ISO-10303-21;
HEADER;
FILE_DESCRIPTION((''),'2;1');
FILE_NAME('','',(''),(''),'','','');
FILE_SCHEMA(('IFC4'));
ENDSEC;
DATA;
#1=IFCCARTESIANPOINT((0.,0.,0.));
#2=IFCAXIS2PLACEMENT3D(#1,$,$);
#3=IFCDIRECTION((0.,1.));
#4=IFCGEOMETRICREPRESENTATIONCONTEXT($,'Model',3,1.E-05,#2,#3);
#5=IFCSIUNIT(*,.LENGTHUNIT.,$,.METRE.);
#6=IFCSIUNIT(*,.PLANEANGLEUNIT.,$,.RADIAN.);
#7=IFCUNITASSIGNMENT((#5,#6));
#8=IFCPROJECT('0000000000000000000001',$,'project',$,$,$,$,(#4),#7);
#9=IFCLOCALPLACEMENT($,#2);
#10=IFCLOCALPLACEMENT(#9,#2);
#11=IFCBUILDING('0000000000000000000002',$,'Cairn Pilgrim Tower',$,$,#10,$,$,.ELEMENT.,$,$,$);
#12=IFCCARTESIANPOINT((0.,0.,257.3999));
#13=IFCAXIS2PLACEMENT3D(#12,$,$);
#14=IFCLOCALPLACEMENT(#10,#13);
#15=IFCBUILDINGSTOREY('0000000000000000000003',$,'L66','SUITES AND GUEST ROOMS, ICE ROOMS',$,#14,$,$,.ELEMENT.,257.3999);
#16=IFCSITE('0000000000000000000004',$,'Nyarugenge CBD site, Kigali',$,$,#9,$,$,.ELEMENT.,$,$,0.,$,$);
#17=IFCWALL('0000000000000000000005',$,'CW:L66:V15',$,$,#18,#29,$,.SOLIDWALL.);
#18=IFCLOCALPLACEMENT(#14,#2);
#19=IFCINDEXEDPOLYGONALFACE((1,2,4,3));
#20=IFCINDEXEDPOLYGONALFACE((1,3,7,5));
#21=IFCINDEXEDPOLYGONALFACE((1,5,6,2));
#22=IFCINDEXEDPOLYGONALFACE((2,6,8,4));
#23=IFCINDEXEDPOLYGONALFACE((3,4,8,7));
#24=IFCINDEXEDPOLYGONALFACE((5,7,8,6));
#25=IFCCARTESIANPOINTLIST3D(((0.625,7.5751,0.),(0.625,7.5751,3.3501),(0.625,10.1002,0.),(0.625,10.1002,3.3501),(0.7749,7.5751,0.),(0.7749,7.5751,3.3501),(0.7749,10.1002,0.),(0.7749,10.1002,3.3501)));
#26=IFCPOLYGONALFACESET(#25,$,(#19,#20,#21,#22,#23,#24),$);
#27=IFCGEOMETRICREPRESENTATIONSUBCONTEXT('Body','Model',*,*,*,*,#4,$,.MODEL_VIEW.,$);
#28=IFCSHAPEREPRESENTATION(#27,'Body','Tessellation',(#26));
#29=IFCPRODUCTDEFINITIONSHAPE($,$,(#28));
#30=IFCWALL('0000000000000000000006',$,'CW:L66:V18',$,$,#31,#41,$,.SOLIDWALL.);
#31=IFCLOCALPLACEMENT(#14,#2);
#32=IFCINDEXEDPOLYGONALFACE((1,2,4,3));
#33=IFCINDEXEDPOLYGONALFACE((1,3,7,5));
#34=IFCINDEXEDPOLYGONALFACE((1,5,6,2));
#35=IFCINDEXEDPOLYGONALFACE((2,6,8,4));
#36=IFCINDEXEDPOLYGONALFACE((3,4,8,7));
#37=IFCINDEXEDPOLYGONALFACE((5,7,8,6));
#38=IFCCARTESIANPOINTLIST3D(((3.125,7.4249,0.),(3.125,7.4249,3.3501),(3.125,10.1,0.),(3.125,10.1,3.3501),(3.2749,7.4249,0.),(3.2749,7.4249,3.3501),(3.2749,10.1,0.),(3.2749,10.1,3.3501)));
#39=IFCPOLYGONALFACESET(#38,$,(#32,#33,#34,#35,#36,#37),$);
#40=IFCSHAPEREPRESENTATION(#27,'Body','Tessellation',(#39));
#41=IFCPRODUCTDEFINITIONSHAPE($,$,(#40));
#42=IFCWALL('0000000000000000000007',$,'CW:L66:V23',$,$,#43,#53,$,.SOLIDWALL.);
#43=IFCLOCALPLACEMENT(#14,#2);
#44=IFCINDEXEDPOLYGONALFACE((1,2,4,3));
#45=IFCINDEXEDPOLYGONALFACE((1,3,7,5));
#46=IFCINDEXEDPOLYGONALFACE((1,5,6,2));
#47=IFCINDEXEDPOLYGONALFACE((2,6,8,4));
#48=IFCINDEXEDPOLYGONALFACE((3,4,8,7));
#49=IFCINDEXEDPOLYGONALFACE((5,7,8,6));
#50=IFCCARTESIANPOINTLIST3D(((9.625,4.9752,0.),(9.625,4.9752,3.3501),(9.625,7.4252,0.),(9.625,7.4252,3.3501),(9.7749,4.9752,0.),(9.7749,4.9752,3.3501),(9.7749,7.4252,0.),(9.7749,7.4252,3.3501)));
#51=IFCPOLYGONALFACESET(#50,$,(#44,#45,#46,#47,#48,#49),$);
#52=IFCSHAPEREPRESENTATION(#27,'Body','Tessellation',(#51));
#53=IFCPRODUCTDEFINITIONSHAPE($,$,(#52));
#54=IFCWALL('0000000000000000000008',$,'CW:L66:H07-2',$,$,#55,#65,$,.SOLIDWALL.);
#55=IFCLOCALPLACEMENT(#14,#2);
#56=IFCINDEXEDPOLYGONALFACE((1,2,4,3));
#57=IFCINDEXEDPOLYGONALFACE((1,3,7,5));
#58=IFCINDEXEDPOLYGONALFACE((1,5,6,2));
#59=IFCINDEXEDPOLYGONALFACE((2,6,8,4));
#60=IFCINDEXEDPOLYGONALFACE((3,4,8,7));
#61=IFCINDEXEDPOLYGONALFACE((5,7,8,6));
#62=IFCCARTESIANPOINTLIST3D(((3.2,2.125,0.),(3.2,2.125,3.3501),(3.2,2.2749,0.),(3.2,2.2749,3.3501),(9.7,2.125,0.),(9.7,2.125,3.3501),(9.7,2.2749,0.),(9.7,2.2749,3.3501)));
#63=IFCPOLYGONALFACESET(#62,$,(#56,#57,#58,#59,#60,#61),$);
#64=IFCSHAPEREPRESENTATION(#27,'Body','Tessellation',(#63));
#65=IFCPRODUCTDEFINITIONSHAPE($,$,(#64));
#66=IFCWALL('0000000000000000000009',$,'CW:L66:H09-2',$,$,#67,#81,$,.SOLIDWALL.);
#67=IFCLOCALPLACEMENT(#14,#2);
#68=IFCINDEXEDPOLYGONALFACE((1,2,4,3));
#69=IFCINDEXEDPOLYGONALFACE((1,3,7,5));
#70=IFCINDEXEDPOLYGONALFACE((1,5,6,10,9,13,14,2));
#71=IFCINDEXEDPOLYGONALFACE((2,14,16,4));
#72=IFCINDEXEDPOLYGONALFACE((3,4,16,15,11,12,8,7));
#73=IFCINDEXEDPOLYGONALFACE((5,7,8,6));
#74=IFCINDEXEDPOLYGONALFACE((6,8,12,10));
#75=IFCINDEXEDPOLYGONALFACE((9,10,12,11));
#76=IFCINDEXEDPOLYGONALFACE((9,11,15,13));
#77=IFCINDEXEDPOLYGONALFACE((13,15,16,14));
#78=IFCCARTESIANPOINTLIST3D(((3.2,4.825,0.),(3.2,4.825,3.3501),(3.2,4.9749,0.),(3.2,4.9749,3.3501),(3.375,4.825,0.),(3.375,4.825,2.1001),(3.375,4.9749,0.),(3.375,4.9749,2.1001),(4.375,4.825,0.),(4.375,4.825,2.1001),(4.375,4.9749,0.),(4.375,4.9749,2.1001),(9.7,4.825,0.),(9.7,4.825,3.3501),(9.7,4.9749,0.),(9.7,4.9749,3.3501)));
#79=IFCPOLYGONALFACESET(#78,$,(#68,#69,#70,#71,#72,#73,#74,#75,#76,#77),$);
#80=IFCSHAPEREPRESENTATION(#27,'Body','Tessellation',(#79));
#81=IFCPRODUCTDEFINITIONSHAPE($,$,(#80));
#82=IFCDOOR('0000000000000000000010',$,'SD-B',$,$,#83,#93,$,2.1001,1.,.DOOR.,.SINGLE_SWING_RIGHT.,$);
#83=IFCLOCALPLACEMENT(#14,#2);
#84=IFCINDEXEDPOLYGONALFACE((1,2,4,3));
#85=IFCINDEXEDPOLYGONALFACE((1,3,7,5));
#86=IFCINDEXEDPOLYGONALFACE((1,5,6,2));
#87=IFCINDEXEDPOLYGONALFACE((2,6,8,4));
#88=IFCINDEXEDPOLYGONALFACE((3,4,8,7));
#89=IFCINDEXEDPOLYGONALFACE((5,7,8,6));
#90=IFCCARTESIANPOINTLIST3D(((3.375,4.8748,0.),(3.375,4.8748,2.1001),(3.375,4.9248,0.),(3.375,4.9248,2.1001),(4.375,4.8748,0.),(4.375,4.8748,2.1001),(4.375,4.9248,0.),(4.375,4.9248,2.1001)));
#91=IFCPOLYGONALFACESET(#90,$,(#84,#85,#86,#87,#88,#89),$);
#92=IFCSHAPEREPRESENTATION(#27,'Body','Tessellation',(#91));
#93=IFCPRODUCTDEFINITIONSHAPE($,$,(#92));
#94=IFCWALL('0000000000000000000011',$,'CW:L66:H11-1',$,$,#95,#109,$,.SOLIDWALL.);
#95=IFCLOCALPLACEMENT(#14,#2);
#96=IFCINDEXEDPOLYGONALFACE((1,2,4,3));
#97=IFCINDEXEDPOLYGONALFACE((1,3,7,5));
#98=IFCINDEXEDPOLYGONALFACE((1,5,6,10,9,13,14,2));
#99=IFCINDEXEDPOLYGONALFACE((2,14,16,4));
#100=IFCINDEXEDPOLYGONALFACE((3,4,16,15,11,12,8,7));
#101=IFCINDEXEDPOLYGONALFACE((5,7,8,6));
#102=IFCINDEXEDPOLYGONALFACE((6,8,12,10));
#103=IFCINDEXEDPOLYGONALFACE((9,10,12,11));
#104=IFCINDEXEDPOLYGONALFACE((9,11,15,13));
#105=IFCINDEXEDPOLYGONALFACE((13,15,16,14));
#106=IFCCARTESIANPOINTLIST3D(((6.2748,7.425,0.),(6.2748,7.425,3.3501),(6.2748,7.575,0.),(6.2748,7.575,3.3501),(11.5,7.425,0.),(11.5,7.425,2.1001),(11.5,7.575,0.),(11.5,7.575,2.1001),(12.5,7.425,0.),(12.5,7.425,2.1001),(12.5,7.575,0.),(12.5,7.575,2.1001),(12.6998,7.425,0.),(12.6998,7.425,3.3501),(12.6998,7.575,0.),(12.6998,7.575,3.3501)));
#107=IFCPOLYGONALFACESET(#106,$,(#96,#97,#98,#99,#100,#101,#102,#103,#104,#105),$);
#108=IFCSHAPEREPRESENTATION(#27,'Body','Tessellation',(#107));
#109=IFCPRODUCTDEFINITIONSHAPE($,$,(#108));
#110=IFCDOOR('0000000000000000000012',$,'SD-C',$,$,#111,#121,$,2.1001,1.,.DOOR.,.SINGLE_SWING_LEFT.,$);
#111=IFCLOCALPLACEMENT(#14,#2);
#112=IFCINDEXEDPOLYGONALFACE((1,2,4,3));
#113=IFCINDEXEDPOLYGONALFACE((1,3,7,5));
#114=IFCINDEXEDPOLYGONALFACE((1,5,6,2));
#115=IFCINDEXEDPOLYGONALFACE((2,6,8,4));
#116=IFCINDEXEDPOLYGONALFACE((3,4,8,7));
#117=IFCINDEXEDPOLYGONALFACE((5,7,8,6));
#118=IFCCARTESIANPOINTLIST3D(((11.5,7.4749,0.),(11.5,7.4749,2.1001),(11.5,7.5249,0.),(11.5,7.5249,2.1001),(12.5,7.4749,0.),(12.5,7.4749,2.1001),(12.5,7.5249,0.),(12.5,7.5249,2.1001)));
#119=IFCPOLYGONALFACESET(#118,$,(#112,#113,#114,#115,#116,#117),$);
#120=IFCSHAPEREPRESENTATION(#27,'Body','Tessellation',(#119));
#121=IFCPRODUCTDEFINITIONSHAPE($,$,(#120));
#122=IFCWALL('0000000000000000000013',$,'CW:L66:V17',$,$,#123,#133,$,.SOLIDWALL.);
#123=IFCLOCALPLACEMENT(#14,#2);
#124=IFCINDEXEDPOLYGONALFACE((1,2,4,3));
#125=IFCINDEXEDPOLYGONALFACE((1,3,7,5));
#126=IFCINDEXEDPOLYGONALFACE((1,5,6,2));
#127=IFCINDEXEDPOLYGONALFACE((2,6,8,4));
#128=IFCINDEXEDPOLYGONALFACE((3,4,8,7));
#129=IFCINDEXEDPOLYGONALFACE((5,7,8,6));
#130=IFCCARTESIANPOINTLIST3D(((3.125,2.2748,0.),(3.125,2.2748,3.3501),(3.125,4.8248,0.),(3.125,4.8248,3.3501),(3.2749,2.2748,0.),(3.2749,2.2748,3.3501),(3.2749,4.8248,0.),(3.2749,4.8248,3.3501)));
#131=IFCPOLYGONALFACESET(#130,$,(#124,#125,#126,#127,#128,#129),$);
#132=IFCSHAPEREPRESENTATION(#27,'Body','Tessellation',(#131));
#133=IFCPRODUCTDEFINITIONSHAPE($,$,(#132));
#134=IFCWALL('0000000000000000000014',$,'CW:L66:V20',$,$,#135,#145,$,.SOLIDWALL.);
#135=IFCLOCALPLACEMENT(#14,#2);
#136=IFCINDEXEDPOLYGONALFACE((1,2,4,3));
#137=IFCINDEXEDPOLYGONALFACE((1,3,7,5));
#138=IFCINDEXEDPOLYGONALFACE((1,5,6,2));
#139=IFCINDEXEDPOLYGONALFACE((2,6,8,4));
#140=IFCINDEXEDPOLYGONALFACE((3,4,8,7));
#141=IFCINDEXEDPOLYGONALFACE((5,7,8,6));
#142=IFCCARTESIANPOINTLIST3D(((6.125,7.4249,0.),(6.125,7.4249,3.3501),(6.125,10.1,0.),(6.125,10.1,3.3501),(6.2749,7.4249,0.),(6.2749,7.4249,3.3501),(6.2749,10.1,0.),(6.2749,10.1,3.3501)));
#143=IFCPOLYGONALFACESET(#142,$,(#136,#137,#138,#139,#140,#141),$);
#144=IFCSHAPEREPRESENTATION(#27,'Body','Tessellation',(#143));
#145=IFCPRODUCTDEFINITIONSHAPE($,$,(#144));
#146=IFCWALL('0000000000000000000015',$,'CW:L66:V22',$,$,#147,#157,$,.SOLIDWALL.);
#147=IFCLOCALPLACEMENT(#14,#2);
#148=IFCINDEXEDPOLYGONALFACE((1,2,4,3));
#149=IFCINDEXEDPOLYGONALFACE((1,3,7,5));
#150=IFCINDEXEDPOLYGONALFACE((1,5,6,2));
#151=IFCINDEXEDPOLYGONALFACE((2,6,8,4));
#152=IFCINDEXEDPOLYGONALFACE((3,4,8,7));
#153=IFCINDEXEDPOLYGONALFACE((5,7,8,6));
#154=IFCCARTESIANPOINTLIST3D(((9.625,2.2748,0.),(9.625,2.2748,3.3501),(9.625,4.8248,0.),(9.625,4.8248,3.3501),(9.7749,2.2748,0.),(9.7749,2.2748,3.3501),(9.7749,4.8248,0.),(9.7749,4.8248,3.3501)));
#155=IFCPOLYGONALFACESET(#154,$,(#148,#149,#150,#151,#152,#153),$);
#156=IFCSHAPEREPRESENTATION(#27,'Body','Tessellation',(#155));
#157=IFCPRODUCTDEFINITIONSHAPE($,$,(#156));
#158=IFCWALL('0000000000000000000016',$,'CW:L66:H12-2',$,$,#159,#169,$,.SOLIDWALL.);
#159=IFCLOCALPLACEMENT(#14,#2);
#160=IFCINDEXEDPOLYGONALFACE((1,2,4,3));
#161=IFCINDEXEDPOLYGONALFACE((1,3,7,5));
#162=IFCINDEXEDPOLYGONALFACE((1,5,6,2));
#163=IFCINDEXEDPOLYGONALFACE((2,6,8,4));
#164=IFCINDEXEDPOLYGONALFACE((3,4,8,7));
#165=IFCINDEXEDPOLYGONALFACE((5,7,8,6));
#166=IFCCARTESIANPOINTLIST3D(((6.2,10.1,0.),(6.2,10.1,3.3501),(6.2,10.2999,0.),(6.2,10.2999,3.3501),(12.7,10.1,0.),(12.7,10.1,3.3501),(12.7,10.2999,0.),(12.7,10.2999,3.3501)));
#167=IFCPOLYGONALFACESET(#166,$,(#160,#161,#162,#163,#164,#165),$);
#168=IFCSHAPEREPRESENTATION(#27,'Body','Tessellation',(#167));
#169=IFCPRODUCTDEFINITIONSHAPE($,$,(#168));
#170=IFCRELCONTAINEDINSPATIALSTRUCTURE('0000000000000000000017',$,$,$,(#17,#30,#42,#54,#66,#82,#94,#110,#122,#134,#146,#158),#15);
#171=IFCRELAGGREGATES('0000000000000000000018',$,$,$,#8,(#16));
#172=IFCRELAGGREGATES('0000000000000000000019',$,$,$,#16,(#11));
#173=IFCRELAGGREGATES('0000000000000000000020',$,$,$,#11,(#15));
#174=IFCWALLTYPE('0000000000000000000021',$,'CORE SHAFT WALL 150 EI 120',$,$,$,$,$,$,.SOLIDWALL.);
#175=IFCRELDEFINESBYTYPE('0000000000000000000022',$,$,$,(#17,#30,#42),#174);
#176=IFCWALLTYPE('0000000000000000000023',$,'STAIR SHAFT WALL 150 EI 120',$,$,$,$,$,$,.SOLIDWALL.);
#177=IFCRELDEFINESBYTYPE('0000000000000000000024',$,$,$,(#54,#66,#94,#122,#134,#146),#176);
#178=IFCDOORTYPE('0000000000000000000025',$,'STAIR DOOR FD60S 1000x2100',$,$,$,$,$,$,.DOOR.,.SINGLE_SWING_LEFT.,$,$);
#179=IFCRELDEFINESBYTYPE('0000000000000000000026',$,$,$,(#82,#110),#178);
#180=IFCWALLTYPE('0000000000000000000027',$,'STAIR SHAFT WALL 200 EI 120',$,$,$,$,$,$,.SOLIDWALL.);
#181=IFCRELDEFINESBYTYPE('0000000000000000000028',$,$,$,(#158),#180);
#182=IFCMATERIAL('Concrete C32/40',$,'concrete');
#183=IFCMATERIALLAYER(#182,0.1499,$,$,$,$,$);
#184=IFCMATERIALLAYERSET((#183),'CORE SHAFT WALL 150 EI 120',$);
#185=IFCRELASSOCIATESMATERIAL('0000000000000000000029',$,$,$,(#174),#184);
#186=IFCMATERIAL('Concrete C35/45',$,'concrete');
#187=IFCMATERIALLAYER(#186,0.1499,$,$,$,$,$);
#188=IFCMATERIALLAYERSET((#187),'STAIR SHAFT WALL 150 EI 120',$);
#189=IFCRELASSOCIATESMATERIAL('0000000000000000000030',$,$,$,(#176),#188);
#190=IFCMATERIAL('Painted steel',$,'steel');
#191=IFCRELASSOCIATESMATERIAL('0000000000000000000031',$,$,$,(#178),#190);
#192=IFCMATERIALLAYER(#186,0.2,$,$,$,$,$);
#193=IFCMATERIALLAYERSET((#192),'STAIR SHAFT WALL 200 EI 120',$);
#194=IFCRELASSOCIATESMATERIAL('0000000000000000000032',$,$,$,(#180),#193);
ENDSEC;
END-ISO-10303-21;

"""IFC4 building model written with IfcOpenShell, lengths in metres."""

from ifc_helpers import new_model, si_unit, direction, frame, frame_2d, origin, place, context, subcontext, project, spatial, rectangle, extrude, material, layer, layer_set, type_object, element, fill, save


model = new_model("IFC4")

# Units and contexts
model_context = context("Model", 3, precision=1e-05, world=origin(), true_north=direction((0.0, 1.0)))
body_context = subcontext(model_context, "Body", "Model", "MODEL_VIEW")
ifc_project = project(units=[si_unit("LENGTHUNIT", "METRE"), si_unit("PLANEANGLEUNIT", "RADIAN")], contexts=[model_context])

# Site, building, storey
site_placement = place(None, origin())
site = spatial("IfcSite", under=ifc_project, at=site_placement, Name="Nyarugenge CBD site, Kigali", CompositionType="ELEMENT", RefElevation=0.0)
building_placement = place(site_placement, origin())
building = spatial("IfcBuilding", under=site, at=building_placement, Name="Cairn Pilgrim Tower", CompositionType="ELEMENT")
storey_placement = place(building_placement, frame((0.0, 0.0, 257.3999)))
storey = spatial("IfcBuildingStorey", under=building, at=storey_placement, Name="L66", Description="SUITES AND GUEST ROOMS, ICE ROOMS", CompositionType="ELEMENT", Elevation=257.3999)

# Shared definitions
ifc_material_1 = material(Name="Concrete C32/40", Category="concrete")

# Shared definitions
ifc_layer_1 = layer(ifc_material_1, 0.1499)
ifc_layer_set_1 = layer_set([ifc_layer_1], Name="CORE SHAFT WALL 150 EI 120")
wall_type_1 = type_object("IfcWallType", Name="CORE SHAFT WALL 150 EI 120", PredefinedType="SOLIDWALL", material=ifc_layer_set_1)

# Shared definitions
ifc_material_2 = material(Name="Painted steel", Category="steel")

# Walls
wall_1_placement = place(storey_placement, frame((0.7, 7.575, 0.0), z_axis=(0.0, 0.0, 1.0), x_axis=(0.0, 1.0, 0.0)))
element("IfcWall", 1, at=wall_1_placement, inside=storey, type_object=wall_type_1, Name="CW:L66:V15", PredefinedType="SOLIDWALL", context=body_context, shape_type="SweptSolid", body=[
    extrude(rectangle(XDim=2.5251, YDim=0.1499, at=frame_2d((1.2627, 0.0))), origin(), (0.0, 0.0, 1.0), 3.3501),
])
wall_2_placement = place(storey_placement, frame((3.2, 7.425, 0.0), z_axis=(0.0, 0.0, 1.0), x_axis=(0.0, 1.0, 0.0)))
element("IfcWall", 2, at=wall_2_placement, inside=storey, type_object=wall_type_1, Name="CW:L66:V18", PredefinedType="SOLIDWALL", context=body_context, shape_type="SweptSolid", body=[
    extrude(rectangle(XDim=2.675, YDim=0.1499, at=frame_2d((1.3374, 0.0))), origin(), (0.0, 0.0, 1.0), 3.3501),
])
wall_3_placement = place(storey_placement, frame((9.7, 4.9751, 0.0), z_axis=(0.0, 0.0, 1.0), x_axis=(0.0, 1.0, 0.0)))
element("IfcWall", 3, at=wall_3_placement, inside=storey, type_object=wall_type_1, Name="CW:L66:V23", PredefinedType="SOLIDWALL", context=body_context, shape_type="SweptSolid", body=[
    extrude(rectangle(XDim=2.45, YDim=0.1499, at=frame_2d((1.2251, 0.0))), origin(), (0.0, 0.0, 1.0), 3.3501),
])
ifc_material_3 = material(Name="Concrete C35/45", Category="concrete")
ifc_layer_2 = layer(ifc_material_3, 0.1499)
ifc_layer_set_2 = layer_set([ifc_layer_2], Name="STAIR SHAFT WALL 150 EI 120")
wall_type_2 = type_object("IfcWallType", Name="STAIR SHAFT WALL 150 EI 120", PredefinedType="SOLIDWALL", material=ifc_layer_set_2)
wall_4_placement = place(storey_placement, frame((3.2, 2.2, 0.0), z_axis=(0.0, 0.0, 1.0), x_axis=(1.0, 0.0, 0.0)))
element("IfcWall", 4, at=wall_4_placement, inside=storey, type_object=wall_type_2, Name="CW:L66:H07-2", PredefinedType="SOLIDWALL", context=body_context, shape_type="SweptSolid", body=[
    extrude(rectangle(XDim=6.5, YDim=0.1499, at=frame_2d((3.25, 0.0))), origin(), (0.0, 0.0, 1.0), 3.3501),
])

# Walls, openings, doors
wall_5_placement = place(storey_placement, frame((3.2, 4.8999, 0.0), z_axis=(0.0, 0.0, 1.0), x_axis=(1.0, 0.0, 0.0)))
wall_5 = element("IfcWall", 5, at=wall_5_placement, inside=storey, type_object=wall_type_2, Name="CW:L66:H09-2", PredefinedType="SOLIDWALL", context=body_context, shape_type="SweptSolid", body=[
    extrude(rectangle(XDim=6.5, YDim=0.1499, at=frame_2d((3.25, 0.0))), origin(), (0.0, 0.0, 1.0), 3.3501),
])
opening_1_placement = place(wall_5_placement, frame((0.175, 0.0, 0.0)))
opening_1 = element("IfcOpeningElement", 6, at=opening_1_placement, cuts=wall_5, PredefinedType="OPENING", context=body_context, shape_type="SweptSolid", body=[
    extrude(rectangle(XDim=1.0, YDim=2.1001, at=frame_2d((0.5, 1.05))), frame((0.0, 0.085, 0.0), z_axis=(0.0, -1.0, 0.0), x_axis=(1.0, 0.0, 0.0)), (0.0, 0.0, 1.0), 0.1699),
])
door_type_1 = type_object("IfcDoorType", Name="STAIR DOOR FD60S 1000x2100", OperationType="SINGLE_SWING_LEFT", PredefinedType="DOOR", material=ifc_material_2)
door_1_placement = place(opening_1_placement, origin())
door_1 = element("IfcDoor", 7, at=door_1_placement, inside=storey, type_object=door_type_1, Name="SD-B", OperationType="SINGLE_SWING_RIGHT", OverallHeight=2.1001, OverallWidth=1.0, PredefinedType="DOOR", context=body_context, shape_type="SweptSolid", body=[
    extrude(rectangle(XDim=1.0, YDim=2.1001, at=frame_2d((0.5, 1.05))), frame((0.0, 0.0249, 0.0), z_axis=(0.0, -1.0, 0.0), x_axis=(1.0, 0.0, 0.0)), (0.0, 0.0, 1.0), 0.05),
])
fill(opening_1, door_1)
wall_6_placement = place(storey_placement, frame((6.2749, 7.5, 0.0), z_axis=(0.0, 0.0, 1.0), x_axis=(1.0, 0.0, 0.0)))
wall_6 = element("IfcWall", 8, at=wall_6_placement, inside=storey, type_object=wall_type_2, Name="CW:L66:H11-1", PredefinedType="SOLIDWALL", context=body_context, shape_type="SweptSolid", body=[
    extrude(rectangle(XDim=6.425, YDim=0.1499, at=frame_2d((3.2124, 0.0))), origin(), (0.0, 0.0, 1.0), 3.3501),
])
opening_2_placement = place(wall_6_placement, frame((5.2251, 0.0, 0.0)))
opening_2 = element("IfcOpeningElement", 9, at=opening_2_placement, cuts=wall_6, PredefinedType="OPENING", context=body_context, shape_type="SweptSolid", body=[
    extrude(rectangle(XDim=1.0, YDim=2.1001, at=frame_2d((0.5, 1.05))), frame((0.0, 0.085, 0.0), z_axis=(0.0, -1.0, 0.0), x_axis=(1.0, 0.0, 0.0)), (0.0, 0.0, 1.0), 0.1699),
])
door_2_placement = place(opening_2_placement, origin())
door_2 = element("IfcDoor", 10, at=door_2_placement, inside=storey, type_object=door_type_1, Name="SD-C", OperationType="SINGLE_SWING_LEFT", OverallHeight=2.1001, OverallWidth=1.0, PredefinedType="DOOR", context=body_context, shape_type="SweptSolid", body=[
    extrude(rectangle(XDim=1.0, YDim=2.1001, at=frame_2d((0.5, 1.05))), frame((0.0, 0.0249, 0.0), z_axis=(0.0, -1.0, 0.0), x_axis=(1.0, 0.0, 0.0)), (0.0, 0.0, 1.0), 0.05),
])
fill(opening_2, door_2)

# Walls
wall_7_placement = place(storey_placement, frame((3.2, 2.2749, 0.0), z_axis=(0.0, 0.0, 1.0), x_axis=(0.0, 1.0, 0.0)))
element("IfcWall", 11, at=wall_7_placement, inside=storey, type_object=wall_type_2, Name="CW:L66:V17", PredefinedType="SOLIDWALL", context=body_context, shape_type="SweptSolid", body=[
    extrude(rectangle(XDim=2.55, YDim=0.1499, at=frame_2d((1.2749, 0.0))), origin(), (0.0, 0.0, 1.0), 3.3501),
])
wall_8_placement = place(storey_placement, frame((6.2, 7.425, 0.0), z_axis=(0.0, 0.0, 1.0), x_axis=(0.0, 1.0, 0.0)))
element("IfcWall", 12, at=wall_8_placement, inside=storey, type_object=wall_type_2, Name="CW:L66:V20", PredefinedType="SOLIDWALL", context=body_context, shape_type="SweptSolid", body=[
    extrude(rectangle(XDim=2.675, YDim=0.1499, at=frame_2d((1.3374, 0.0))), origin(), (0.0, 0.0, 1.0), 3.3501),
])
wall_9_placement = place(storey_placement, frame((9.7, 2.2749, 0.0), z_axis=(0.0, 0.0, 1.0), x_axis=(0.0, 1.0, 0.0)))
element("IfcWall", 13, at=wall_9_placement, inside=storey, type_object=wall_type_2, Name="CW:L66:V22", PredefinedType="SOLIDWALL", context=body_context, shape_type="SweptSolid", body=[
    extrude(rectangle(XDim=2.55, YDim=0.1499, at=frame_2d((1.2749, 0.0))), origin(), (0.0, 0.0, 1.0), 3.3501),
])
ifc_layer_3 = layer(ifc_material_3, 0.2)
ifc_layer_set_3 = layer_set([ifc_layer_3], Name="STAIR SHAFT WALL 200 EI 120")
wall_type_3 = type_object("IfcWallType", Name="STAIR SHAFT WALL 200 EI 120", PredefinedType="SOLIDWALL", material=ifc_layer_set_3)
wall_10_placement = place(storey_placement, frame((6.2, 10.2, 0.0), z_axis=(0.0, 0.0, 1.0), x_axis=(1.0, 0.0, 0.0)))
element("IfcWall", 14, at=wall_10_placement, inside=storey, type_object=wall_type_3, Name="CW:L66:H12-2", PredefinedType="SOLIDWALL", context=body_context, shape_type="SweptSolid", body=[
    extrude(rectangle(XDim=6.5, YDim=0.2, at=frame_2d((3.25, 0.0))), origin(), (0.0, 0.0, 1.0), 3.3501),
])

save(model, "model.ifc")
